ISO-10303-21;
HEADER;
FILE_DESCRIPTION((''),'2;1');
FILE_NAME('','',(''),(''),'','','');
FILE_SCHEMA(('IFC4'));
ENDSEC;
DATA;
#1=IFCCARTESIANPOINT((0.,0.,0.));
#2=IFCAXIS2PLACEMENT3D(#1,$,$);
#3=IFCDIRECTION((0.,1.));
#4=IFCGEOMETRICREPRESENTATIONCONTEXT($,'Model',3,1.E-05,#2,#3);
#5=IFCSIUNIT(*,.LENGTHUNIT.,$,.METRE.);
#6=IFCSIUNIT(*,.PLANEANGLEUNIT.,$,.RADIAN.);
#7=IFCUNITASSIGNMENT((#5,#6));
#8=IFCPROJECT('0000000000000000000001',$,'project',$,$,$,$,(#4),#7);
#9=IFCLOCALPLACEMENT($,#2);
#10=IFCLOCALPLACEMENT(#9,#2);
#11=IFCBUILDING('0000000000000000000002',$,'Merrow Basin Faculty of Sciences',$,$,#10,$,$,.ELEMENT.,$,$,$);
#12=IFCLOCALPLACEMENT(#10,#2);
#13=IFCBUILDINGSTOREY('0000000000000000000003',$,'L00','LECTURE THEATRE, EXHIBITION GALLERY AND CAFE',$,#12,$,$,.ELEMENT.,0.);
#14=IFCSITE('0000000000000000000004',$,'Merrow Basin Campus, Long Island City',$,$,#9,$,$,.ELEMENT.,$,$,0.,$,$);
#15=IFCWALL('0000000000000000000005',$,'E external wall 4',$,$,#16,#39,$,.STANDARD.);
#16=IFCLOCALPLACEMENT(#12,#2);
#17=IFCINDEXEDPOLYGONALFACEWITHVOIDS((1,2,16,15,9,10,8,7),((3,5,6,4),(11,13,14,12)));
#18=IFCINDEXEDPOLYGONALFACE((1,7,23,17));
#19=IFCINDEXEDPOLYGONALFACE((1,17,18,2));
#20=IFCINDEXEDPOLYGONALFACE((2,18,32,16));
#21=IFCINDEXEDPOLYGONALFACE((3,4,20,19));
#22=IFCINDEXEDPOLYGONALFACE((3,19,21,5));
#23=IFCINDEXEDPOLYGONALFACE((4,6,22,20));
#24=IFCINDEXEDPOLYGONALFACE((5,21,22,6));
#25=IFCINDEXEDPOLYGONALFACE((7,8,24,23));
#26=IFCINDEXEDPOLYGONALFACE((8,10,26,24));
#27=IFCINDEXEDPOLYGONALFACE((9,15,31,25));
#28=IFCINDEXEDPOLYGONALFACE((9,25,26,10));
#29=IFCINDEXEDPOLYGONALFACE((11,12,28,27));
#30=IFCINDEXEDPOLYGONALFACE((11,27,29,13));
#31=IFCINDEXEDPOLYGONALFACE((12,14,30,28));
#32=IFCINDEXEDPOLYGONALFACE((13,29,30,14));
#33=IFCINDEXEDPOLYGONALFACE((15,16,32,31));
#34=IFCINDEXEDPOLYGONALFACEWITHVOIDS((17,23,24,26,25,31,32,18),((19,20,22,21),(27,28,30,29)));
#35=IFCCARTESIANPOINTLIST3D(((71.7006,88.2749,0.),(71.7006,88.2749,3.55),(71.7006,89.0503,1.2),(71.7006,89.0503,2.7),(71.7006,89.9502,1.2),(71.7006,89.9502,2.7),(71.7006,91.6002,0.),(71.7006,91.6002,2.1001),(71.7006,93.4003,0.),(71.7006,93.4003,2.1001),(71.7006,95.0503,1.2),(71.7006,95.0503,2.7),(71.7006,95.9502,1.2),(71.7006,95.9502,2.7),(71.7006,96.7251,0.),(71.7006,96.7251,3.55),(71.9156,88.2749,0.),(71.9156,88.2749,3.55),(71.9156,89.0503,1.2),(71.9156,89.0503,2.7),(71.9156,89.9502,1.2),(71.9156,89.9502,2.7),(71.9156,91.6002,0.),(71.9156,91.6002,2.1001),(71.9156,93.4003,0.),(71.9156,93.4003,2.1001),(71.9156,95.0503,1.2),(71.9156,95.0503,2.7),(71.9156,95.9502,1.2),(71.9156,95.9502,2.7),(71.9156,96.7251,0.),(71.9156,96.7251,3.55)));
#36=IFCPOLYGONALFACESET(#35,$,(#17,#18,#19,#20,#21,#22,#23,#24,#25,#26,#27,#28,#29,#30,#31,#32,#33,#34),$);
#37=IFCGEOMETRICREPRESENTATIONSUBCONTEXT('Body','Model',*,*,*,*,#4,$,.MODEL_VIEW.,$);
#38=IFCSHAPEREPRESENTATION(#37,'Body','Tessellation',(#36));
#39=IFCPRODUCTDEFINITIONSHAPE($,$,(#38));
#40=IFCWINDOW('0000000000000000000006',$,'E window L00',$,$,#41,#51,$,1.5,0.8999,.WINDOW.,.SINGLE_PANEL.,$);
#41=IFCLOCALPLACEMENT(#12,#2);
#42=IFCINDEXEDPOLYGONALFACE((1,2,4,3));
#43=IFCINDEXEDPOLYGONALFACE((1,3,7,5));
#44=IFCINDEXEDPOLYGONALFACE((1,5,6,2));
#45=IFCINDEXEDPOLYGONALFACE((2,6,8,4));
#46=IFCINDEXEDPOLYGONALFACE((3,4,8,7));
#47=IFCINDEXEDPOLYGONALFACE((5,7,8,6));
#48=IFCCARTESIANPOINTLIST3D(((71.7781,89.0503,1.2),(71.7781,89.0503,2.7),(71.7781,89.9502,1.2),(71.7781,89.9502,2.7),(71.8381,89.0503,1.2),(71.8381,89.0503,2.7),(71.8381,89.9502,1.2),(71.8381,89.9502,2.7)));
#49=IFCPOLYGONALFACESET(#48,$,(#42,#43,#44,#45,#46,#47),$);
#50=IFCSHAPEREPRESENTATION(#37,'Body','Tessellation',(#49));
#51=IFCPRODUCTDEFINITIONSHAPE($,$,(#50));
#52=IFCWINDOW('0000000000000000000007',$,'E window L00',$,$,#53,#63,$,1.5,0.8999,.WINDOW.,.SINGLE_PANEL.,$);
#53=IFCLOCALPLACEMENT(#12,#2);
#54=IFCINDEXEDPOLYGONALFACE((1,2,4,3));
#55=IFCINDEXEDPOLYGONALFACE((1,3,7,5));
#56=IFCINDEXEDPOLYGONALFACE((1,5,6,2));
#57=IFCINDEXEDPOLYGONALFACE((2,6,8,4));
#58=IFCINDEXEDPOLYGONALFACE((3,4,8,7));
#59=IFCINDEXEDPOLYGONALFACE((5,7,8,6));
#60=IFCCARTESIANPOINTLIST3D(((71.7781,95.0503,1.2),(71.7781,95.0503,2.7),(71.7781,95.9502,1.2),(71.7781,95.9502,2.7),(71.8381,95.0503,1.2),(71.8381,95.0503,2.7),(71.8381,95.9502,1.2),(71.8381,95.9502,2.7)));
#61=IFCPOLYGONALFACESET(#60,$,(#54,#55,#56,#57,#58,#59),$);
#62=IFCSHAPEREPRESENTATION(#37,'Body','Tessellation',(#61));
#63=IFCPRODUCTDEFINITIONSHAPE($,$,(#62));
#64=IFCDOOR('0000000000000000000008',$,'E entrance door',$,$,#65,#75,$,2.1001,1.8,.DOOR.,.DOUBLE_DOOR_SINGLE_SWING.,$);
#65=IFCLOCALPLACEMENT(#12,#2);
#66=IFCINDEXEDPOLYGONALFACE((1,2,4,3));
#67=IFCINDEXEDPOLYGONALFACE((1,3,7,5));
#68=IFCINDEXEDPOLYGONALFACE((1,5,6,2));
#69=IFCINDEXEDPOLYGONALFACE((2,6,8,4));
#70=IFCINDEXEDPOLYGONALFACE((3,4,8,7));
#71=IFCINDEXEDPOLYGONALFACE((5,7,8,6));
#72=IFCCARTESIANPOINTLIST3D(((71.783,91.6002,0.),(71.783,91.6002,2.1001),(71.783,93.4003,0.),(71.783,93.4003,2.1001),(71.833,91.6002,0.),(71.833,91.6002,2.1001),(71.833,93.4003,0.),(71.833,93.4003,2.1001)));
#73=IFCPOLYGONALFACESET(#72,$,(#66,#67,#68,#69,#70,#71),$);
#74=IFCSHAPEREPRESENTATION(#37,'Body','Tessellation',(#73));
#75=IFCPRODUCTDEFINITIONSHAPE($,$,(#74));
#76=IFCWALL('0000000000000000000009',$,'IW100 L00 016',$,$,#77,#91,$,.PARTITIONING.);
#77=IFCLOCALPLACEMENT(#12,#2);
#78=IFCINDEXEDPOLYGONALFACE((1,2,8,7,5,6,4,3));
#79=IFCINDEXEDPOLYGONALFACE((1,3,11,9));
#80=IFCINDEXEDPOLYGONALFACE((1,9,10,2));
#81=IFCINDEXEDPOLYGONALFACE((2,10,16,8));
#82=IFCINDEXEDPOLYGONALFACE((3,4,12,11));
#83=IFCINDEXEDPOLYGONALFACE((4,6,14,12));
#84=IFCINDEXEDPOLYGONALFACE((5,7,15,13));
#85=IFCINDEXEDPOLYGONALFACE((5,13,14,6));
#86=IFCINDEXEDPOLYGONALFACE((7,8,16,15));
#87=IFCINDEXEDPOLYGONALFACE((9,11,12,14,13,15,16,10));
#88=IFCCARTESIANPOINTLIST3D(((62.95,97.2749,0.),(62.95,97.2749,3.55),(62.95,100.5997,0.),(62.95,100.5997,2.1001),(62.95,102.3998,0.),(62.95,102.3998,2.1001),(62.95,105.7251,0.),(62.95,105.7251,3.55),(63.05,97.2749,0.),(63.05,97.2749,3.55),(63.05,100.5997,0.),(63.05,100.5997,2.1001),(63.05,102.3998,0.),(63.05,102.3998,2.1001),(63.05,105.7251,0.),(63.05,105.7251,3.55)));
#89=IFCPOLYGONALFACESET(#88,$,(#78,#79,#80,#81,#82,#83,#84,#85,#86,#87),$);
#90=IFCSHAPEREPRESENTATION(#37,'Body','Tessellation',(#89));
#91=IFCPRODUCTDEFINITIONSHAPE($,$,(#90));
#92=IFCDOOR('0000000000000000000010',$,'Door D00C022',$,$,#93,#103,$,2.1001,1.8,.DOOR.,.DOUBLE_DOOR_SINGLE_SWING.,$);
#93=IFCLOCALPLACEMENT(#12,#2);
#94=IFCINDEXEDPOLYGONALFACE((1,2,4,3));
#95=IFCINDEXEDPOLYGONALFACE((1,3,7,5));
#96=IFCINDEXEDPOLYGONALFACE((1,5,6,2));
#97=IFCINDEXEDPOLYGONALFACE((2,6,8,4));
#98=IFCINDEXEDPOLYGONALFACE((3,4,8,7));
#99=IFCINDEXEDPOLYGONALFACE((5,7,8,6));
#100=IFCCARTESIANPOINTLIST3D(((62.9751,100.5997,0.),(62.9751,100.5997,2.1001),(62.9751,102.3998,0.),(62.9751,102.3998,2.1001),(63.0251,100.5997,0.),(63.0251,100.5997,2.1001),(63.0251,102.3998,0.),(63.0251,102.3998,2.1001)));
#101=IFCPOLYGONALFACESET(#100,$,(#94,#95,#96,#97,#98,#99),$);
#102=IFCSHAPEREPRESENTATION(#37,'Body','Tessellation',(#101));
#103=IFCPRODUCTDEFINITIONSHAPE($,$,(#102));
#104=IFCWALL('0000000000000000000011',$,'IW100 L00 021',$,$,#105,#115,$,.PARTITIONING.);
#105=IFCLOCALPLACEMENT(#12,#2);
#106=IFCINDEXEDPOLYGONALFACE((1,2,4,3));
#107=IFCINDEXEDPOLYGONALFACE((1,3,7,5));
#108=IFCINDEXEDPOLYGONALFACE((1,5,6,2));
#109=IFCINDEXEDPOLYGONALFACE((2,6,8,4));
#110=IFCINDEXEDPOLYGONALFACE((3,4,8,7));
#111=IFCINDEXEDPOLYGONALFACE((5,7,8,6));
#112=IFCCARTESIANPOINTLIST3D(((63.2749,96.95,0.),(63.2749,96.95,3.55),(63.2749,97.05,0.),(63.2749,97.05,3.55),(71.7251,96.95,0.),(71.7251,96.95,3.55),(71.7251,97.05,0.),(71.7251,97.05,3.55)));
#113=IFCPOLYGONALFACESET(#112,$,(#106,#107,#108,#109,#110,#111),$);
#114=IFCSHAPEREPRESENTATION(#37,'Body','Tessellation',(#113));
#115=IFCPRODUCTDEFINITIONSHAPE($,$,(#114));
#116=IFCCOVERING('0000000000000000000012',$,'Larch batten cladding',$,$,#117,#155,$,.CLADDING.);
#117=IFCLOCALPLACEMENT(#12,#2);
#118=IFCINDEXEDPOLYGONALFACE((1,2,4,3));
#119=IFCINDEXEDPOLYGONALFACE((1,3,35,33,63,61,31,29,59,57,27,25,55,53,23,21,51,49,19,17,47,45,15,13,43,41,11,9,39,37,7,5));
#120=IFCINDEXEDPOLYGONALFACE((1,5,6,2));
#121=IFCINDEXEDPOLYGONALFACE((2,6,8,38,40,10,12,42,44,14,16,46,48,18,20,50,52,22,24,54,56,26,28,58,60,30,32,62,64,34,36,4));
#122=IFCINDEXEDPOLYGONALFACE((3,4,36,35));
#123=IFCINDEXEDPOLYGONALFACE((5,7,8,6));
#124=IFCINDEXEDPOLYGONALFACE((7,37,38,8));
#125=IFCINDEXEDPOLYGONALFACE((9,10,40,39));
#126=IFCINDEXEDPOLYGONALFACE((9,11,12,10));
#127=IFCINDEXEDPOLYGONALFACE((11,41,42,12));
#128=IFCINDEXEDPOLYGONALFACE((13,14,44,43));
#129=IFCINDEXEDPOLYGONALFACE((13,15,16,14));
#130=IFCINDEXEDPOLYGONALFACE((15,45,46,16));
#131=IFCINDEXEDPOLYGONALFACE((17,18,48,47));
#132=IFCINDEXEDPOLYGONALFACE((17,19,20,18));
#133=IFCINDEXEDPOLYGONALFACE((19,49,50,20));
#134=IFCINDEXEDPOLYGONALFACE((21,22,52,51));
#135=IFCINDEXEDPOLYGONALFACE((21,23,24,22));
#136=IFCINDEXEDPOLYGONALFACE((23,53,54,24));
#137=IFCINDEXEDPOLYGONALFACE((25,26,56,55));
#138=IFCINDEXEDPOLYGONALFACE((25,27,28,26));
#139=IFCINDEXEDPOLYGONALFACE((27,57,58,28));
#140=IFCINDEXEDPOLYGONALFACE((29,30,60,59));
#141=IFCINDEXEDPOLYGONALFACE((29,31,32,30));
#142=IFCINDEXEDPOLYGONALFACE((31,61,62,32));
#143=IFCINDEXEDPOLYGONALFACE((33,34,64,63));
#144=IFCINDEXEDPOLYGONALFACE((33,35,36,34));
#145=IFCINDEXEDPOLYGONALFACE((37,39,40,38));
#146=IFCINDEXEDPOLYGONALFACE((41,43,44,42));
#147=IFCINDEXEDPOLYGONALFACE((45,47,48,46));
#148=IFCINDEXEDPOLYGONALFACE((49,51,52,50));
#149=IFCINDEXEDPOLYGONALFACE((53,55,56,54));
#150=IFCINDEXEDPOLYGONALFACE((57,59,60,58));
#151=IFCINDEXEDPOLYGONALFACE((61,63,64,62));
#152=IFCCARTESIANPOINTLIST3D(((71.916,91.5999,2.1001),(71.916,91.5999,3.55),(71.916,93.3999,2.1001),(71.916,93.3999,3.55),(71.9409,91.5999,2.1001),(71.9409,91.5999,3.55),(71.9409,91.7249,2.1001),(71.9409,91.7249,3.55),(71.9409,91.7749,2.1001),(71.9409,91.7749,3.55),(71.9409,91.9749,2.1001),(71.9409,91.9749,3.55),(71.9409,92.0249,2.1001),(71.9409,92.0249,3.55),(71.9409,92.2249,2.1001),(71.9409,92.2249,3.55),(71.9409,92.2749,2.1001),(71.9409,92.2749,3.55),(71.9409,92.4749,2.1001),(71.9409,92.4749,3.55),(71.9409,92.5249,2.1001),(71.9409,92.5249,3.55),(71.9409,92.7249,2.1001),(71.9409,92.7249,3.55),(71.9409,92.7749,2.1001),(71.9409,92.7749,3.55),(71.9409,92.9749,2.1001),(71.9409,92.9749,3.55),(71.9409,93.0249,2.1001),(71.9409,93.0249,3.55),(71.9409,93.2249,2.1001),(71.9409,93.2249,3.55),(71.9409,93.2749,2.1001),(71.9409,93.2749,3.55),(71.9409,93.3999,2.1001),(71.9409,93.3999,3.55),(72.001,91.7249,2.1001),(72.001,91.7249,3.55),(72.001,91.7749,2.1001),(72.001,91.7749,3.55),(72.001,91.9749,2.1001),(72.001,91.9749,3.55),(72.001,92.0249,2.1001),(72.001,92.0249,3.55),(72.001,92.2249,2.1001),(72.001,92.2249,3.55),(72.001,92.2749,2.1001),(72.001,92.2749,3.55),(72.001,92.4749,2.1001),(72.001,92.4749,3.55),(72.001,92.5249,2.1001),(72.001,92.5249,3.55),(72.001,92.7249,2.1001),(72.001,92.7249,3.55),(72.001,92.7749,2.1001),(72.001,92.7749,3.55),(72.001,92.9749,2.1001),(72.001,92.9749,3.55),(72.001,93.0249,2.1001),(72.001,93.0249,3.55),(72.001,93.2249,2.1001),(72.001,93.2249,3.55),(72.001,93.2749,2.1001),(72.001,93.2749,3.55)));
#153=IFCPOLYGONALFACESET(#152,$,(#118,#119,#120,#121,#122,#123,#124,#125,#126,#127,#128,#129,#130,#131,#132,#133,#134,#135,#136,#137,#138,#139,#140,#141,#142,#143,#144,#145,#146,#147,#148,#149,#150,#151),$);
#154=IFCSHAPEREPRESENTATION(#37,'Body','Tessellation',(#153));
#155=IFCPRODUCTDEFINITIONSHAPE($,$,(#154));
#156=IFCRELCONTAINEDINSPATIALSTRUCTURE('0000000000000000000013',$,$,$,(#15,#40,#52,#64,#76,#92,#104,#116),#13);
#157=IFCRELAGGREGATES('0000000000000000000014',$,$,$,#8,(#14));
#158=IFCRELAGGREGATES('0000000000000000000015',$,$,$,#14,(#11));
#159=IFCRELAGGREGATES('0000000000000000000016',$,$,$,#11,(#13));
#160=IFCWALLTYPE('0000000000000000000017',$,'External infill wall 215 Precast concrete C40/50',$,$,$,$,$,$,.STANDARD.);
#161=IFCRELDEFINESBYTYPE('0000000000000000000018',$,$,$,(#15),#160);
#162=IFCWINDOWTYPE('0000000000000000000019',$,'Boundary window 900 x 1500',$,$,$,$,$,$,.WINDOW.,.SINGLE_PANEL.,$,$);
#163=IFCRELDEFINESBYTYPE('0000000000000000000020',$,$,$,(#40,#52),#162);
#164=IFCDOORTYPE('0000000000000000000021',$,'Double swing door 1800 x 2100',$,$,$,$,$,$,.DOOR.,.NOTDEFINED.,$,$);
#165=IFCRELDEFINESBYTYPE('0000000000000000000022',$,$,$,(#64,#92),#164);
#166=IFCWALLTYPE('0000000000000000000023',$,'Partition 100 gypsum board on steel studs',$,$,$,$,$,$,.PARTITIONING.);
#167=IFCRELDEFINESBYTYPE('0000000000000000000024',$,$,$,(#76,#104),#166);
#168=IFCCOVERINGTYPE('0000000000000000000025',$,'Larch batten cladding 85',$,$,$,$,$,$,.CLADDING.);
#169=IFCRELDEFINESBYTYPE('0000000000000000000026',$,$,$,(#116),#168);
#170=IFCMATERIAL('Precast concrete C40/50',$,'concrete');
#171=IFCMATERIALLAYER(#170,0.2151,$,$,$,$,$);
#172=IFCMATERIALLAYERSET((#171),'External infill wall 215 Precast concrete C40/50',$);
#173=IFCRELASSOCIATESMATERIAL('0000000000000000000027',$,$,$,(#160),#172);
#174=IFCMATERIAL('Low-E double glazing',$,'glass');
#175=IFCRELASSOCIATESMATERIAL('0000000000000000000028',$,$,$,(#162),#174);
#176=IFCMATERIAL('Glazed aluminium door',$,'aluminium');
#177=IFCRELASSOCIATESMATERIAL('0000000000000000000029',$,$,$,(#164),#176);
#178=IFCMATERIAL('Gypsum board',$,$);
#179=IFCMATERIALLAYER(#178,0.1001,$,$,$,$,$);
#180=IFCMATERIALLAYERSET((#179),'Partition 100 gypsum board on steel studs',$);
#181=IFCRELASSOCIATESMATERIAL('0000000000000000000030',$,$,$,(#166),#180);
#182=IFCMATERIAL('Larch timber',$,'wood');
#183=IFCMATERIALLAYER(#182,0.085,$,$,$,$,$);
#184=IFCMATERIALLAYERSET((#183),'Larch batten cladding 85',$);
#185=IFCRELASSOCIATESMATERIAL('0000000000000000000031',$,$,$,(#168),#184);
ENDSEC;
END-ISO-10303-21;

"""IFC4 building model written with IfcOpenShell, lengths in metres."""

from ifc_helpers import new_model, si_unit, direction, frame, frame_2d, origin, place, context, subcontext, project, spatial, polyline, rectangle, outline, extrude, source, transform, mapped, material, layer, layer_set, type_object, element, fill, save


model = new_model("IFC4")

# Units and contexts
model_context = context("Model", 3, precision=1e-05, world=origin(), true_north=direction((0.0, 1.0)))
body_context = subcontext(model_context, "Body", "Model", "MODEL_VIEW")
ifc_project = project(units=[si_unit("LENGTHUNIT", "METRE"), si_unit("PLANEANGLEUNIT", "RADIAN")], contexts=[model_context])

# Site, building, storey
site_placement = place(None, origin())
site = spatial("IfcSite", under=ifc_project, at=site_placement, Name="Merrow Basin Campus, Long Island City", CompositionType="ELEMENT", RefElevation=0.0)
building_placement = place(site_placement, origin())
building = spatial("IfcBuilding", under=site, at=building_placement, Name="Merrow Basin Faculty of Sciences", CompositionType="ELEMENT")
storey_placement = place(building_placement, origin())
storey = spatial("IfcBuildingStorey", under=building, at=storey_placement, Name="L00", Description="LECTURE THEATRE, EXHIBITION GALLERY AND CAFE", CompositionType="ELEMENT", Elevation=0.0)

# Wall, openings, windows, door
ifc_material_1 = material(Name="Precast concrete C40/50", Category="concrete")
ifc_layer_1 = layer(ifc_material_1, 0.2151)
ifc_layer_set_1 = layer_set([ifc_layer_1], Name="External infill wall 215 Precast concrete C40/50")
wall_type_1 = type_object("IfcWallType", Name="External infill wall 215 Precast concrete C40/50", PredefinedType="STANDARD", material=ifc_layer_set_1)
wall_1_placement = place(storey_placement, frame((71.8081, 96.7251, 0.0), z_axis=(0.0, 0.0, 1.0), x_axis=(0.0, -1.0, 0.0)))
wall_1 = element("IfcWall", 1, at=wall_1_placement, inside=storey, type_object=wall_type_1, Name="E external wall 4", PredefinedType="STANDARD", context=body_context, shape_type="SweptSolid", body=[
    extrude(rectangle(XDim=8.4502, YDim=0.2151, at=frame_2d((4.2251, 0.0))), origin(), (0.0, 0.0, 1.0), 3.55),
])
opening_1_placement = place(wall_1_placement, frame((6.7749, 0.0, 1.2)))
opening_1 = element("IfcOpeningElement", 2, at=opening_1_placement, cuts=wall_1, PredefinedType="OPENING", context=body_context, shape_type="SweptSolid", body=[
    extrude(rectangle(XDim=0.8999, YDim=1.5, at=frame_2d((0.45, 0.75))), frame((0.0, 0.1174, 0.0), z_axis=(0.0, -1.0, 0.0), x_axis=(1.0, 0.0, 0.0)), (0.0, 0.0, 1.0), 0.2351),
])
opening_2_placement = place(wall_1_placement, frame((3.325, 0.0, 0.0)))
opening_2 = element("IfcOpeningElement", 3, at=opening_2_placement, cuts=wall_1, PredefinedType="OPENING", context=body_context, shape_type="SweptSolid", body=[
    extrude(rectangle(XDim=1.8, YDim=2.1001, at=frame_2d((0.8999, 1.05))), frame((0.0, 0.1174, 0.0), z_axis=(0.0, -1.0, 0.0), x_axis=(1.0, 0.0, 0.0)), (0.0, 0.0, 1.0), 0.2351),
])
opening_3_placement = place(wall_1_placement, frame((0.7749, 0.0, 1.2)))
opening_3 = element("IfcOpeningElement", 4, at=opening_3_placement, cuts=wall_1, PredefinedType="OPENING", context=body_context, shape_type="SweptSolid", body=[
    extrude(rectangle(XDim=0.8999, YDim=1.5, at=frame_2d((0.45, 0.75))), frame((0.0, 0.1174, 0.0), z_axis=(0.0, -1.0, 0.0), x_axis=(1.0, 0.0, 0.0)), (0.0, 0.0, 1.0), 0.2351),
])
ifc_material_2 = material(Name="Low-E double glazing", Category="glass")
window_type = type_object("IfcWindowType", Name="Boundary window 900 x 1500", PartitioningType="SINGLE_PANEL", PredefinedType="WINDOW", material=ifc_material_2)
window_1_placement = place(opening_1_placement, origin())
window_1 = element("IfcWindow", 5, at=window_1_placement, inside=storey, type_object=window_type, Name="E window L00", OverallHeight=1.5, OverallWidth=0.8999, PartitioningType="SINGLE_PANEL", PredefinedType="WINDOW", context=body_context, shape_type="SweptSolid", body=[
    extrude(rectangle(XDim=0.8999, YDim=1.5, at=frame_2d((0.45, 0.75))), frame((0.0, 0.03, 0.0), z_axis=(0.0, -1.0, 0.0), x_axis=(1.0, 0.0, 0.0)), (0.0, 0.0, 1.0), 0.0601),
])
fill(opening_1, window_1)
window_2_placement = place(opening_3_placement, origin())
window_2 = element("IfcWindow", 6, at=window_2_placement, inside=storey, type_object=window_type, Name="E window L00", OverallHeight=1.5, OverallWidth=0.8999, PartitioningType="SINGLE_PANEL", PredefinedType="WINDOW", context=body_context, shape_type="SweptSolid", body=[
    extrude(rectangle(XDim=0.8999, YDim=1.5, at=frame_2d((0.45, 0.75))), frame((0.0, 0.03, 0.0), z_axis=(0.0, -1.0, 0.0), x_axis=(1.0, 0.0, 0.0)), (0.0, 0.0, 1.0), 0.0601),
])
fill(opening_3, window_2)
ifc_material_3 = material(Name="Glazed aluminium door", Category="aluminium")
door_type = type_object("IfcDoorType", Name="Double swing door 1800 x 2100", OperationType="NOTDEFINED", PredefinedType="DOOR", material=ifc_material_3)
door_1_placement = place(opening_2_placement, origin())
door_1 = element("IfcDoor", 7, at=door_1_placement, inside=storey, type_object=door_type, Name="E entrance door", OperationType="DOUBLE_DOOR_SINGLE_SWING", OverallHeight=2.1001, OverallWidth=1.8, PredefinedType="DOOR", context=body_context, shape_type="SweptSolid", body=[
    extrude(rectangle(XDim=1.8, YDim=2.1001, at=frame_2d((0.8999, 1.05))), frame((0.0, 0.0249, 0.0), z_axis=(0.0, -1.0, 0.0), x_axis=(1.0, 0.0, 0.0)), (0.0, 0.0, 1.0), 0.05),
])
fill(opening_2, door_1)

# Wall, opening, door
ifc_material_4 = material(Name="Gypsum board")
ifc_layer_2 = layer(ifc_material_4, 0.1001)
ifc_layer_set_2 = layer_set([ifc_layer_2], Name="Partition 100 gypsum board on steel studs")
wall_type_2 = type_object("IfcWallType", Name="Partition 100 gypsum board on steel studs", PredefinedType="PARTITIONING", material=ifc_layer_set_2)
wall_2_placement = place(storey_placement, frame((63.0, 97.2749, 0.0), z_axis=(0.0, 0.0, 1.0), x_axis=(0.0, 1.0, 0.0)))
wall_2 = element("IfcWall", 8, at=wall_2_placement, inside=storey, type_object=wall_type_2, Name="IW100 L00 016", PredefinedType="PARTITIONING", context=body_context, shape_type="SweptSolid", body=[
    extrude(rectangle(XDim=8.4502, YDim=0.1001, at=frame_2d((4.2251, 0.0))), origin(), (0.0, 0.0, 1.0), 3.55),
])
opening_4_placement = place(wall_2_placement, frame((3.325, 0.0, 0.0)))
opening_4 = element("IfcOpeningElement", 9, at=opening_4_placement, cuts=wall_2, PredefinedType="OPENING", context=body_context, shape_type="SweptSolid", body=[
    extrude(rectangle(XDim=1.8, YDim=2.1001, at=frame_2d((0.8999, 1.05))), frame((0.0, 0.0601, 0.0), z_axis=(0.0, -1.0, 0.0), x_axis=(1.0, 0.0, 0.0)), (0.0, 0.0, 1.0), 0.1201),
])
door_2_placement = place(opening_4_placement, origin())
door_2 = element("IfcDoor", 10, at=door_2_placement, inside=storey, type_object=door_type, Name="Door D00C022", OperationType="DOUBLE_DOOR_SINGLE_SWING", OverallHeight=2.1001, OverallWidth=1.8, PredefinedType="DOOR", context=body_context, shape_type="SweptSolid", body=[
    extrude(rectangle(XDim=1.8, YDim=2.1001, at=frame_2d((0.8999, 1.05))), frame((0.0, 0.0249, 0.0), z_axis=(0.0, -1.0, 0.0), x_axis=(1.0, 0.0, 0.0)), (0.0, 0.0, 1.0), 0.05),
])
fill(opening_4, door_2)

# Wall
wall_3_placement = place(storey_placement, frame((63.2749, 97.0, 0.0), z_axis=(0.0, 0.0, 1.0), x_axis=(1.0, 0.0, 0.0)))
element("IfcWall", 11, at=wall_3_placement, inside=storey, type_object=wall_type_2, Name="IW100 L00 021", PredefinedType="PARTITIONING", context=body_context, shape_type="SweptSolid", body=[
    extrude(rectangle(XDim=8.4502, YDim=0.1001, at=frame_2d((4.2251, 0.0))), origin(), (0.0, 0.0, 1.0), 3.55),
])

# Covering
ifc_material_5 = material(Name="Larch timber", Category="wood")
ifc_layer_3 = layer(ifc_material_5, 0.085)
ifc_layer_set_3 = layer_set([ifc_layer_3], Name="Larch batten cladding 85")
covering_type = type_object("IfcCoveringType", Name="Larch batten cladding 85", PredefinedType="CLADDING", material=ifc_layer_set_3)
shared_shape_1 = source(origin(), body_context, "Body", "SweptSolid", [
    extrude(outline(polyline([(0.0, 0.0), (1.8, 0.0), (1.8, 0.0249), (1.675, 0.0249), (1.675, 0.085), (1.625, 0.085), (1.625, 0.0249), (1.425, 0.0249), (1.425, 0.085), (1.375, 0.085), (1.375, 0.0249), (1.175, 0.0249), (1.175, 0.085), (1.125, 0.085), (1.125, 0.0249), (0.925, 0.0249), (0.925, 0.085), (0.875, 0.085), (0.875, 0.0249), (0.675, 0.0249), (0.675, 0.085), (0.625, 0.085), (0.625, 0.0249), (0.425, 0.0249), (0.425, 0.085), (0.375, 0.085), (0.375, 0.0249), (0.175, 0.0249), (0.175, 0.085), (0.125, 0.085), (0.125, 0.0249), (0.0, 0.0249), (0.0, 0.0)])), origin(), (0.0, 0.0, 1.0), 1.45),
])
covering_1_placement = place(storey_placement, frame((71.916, 93.3999, 2.1001), z_axis=(0.0, 0.0, 1.0), x_axis=(0.0, -1.0, 0.0)))
element("IfcCovering", 12, at=covering_1_placement, inside=storey, type_object=covering_type, Name="Larch batten cladding", PredefinedType="CLADDING", context=body_context, shape_type="MappedRepresentation", body=[
    mapped(shared_shape_1, transform((0.0, 0.0, 0.0), scale=1.0)),
])

save(model, "model.ifc")
